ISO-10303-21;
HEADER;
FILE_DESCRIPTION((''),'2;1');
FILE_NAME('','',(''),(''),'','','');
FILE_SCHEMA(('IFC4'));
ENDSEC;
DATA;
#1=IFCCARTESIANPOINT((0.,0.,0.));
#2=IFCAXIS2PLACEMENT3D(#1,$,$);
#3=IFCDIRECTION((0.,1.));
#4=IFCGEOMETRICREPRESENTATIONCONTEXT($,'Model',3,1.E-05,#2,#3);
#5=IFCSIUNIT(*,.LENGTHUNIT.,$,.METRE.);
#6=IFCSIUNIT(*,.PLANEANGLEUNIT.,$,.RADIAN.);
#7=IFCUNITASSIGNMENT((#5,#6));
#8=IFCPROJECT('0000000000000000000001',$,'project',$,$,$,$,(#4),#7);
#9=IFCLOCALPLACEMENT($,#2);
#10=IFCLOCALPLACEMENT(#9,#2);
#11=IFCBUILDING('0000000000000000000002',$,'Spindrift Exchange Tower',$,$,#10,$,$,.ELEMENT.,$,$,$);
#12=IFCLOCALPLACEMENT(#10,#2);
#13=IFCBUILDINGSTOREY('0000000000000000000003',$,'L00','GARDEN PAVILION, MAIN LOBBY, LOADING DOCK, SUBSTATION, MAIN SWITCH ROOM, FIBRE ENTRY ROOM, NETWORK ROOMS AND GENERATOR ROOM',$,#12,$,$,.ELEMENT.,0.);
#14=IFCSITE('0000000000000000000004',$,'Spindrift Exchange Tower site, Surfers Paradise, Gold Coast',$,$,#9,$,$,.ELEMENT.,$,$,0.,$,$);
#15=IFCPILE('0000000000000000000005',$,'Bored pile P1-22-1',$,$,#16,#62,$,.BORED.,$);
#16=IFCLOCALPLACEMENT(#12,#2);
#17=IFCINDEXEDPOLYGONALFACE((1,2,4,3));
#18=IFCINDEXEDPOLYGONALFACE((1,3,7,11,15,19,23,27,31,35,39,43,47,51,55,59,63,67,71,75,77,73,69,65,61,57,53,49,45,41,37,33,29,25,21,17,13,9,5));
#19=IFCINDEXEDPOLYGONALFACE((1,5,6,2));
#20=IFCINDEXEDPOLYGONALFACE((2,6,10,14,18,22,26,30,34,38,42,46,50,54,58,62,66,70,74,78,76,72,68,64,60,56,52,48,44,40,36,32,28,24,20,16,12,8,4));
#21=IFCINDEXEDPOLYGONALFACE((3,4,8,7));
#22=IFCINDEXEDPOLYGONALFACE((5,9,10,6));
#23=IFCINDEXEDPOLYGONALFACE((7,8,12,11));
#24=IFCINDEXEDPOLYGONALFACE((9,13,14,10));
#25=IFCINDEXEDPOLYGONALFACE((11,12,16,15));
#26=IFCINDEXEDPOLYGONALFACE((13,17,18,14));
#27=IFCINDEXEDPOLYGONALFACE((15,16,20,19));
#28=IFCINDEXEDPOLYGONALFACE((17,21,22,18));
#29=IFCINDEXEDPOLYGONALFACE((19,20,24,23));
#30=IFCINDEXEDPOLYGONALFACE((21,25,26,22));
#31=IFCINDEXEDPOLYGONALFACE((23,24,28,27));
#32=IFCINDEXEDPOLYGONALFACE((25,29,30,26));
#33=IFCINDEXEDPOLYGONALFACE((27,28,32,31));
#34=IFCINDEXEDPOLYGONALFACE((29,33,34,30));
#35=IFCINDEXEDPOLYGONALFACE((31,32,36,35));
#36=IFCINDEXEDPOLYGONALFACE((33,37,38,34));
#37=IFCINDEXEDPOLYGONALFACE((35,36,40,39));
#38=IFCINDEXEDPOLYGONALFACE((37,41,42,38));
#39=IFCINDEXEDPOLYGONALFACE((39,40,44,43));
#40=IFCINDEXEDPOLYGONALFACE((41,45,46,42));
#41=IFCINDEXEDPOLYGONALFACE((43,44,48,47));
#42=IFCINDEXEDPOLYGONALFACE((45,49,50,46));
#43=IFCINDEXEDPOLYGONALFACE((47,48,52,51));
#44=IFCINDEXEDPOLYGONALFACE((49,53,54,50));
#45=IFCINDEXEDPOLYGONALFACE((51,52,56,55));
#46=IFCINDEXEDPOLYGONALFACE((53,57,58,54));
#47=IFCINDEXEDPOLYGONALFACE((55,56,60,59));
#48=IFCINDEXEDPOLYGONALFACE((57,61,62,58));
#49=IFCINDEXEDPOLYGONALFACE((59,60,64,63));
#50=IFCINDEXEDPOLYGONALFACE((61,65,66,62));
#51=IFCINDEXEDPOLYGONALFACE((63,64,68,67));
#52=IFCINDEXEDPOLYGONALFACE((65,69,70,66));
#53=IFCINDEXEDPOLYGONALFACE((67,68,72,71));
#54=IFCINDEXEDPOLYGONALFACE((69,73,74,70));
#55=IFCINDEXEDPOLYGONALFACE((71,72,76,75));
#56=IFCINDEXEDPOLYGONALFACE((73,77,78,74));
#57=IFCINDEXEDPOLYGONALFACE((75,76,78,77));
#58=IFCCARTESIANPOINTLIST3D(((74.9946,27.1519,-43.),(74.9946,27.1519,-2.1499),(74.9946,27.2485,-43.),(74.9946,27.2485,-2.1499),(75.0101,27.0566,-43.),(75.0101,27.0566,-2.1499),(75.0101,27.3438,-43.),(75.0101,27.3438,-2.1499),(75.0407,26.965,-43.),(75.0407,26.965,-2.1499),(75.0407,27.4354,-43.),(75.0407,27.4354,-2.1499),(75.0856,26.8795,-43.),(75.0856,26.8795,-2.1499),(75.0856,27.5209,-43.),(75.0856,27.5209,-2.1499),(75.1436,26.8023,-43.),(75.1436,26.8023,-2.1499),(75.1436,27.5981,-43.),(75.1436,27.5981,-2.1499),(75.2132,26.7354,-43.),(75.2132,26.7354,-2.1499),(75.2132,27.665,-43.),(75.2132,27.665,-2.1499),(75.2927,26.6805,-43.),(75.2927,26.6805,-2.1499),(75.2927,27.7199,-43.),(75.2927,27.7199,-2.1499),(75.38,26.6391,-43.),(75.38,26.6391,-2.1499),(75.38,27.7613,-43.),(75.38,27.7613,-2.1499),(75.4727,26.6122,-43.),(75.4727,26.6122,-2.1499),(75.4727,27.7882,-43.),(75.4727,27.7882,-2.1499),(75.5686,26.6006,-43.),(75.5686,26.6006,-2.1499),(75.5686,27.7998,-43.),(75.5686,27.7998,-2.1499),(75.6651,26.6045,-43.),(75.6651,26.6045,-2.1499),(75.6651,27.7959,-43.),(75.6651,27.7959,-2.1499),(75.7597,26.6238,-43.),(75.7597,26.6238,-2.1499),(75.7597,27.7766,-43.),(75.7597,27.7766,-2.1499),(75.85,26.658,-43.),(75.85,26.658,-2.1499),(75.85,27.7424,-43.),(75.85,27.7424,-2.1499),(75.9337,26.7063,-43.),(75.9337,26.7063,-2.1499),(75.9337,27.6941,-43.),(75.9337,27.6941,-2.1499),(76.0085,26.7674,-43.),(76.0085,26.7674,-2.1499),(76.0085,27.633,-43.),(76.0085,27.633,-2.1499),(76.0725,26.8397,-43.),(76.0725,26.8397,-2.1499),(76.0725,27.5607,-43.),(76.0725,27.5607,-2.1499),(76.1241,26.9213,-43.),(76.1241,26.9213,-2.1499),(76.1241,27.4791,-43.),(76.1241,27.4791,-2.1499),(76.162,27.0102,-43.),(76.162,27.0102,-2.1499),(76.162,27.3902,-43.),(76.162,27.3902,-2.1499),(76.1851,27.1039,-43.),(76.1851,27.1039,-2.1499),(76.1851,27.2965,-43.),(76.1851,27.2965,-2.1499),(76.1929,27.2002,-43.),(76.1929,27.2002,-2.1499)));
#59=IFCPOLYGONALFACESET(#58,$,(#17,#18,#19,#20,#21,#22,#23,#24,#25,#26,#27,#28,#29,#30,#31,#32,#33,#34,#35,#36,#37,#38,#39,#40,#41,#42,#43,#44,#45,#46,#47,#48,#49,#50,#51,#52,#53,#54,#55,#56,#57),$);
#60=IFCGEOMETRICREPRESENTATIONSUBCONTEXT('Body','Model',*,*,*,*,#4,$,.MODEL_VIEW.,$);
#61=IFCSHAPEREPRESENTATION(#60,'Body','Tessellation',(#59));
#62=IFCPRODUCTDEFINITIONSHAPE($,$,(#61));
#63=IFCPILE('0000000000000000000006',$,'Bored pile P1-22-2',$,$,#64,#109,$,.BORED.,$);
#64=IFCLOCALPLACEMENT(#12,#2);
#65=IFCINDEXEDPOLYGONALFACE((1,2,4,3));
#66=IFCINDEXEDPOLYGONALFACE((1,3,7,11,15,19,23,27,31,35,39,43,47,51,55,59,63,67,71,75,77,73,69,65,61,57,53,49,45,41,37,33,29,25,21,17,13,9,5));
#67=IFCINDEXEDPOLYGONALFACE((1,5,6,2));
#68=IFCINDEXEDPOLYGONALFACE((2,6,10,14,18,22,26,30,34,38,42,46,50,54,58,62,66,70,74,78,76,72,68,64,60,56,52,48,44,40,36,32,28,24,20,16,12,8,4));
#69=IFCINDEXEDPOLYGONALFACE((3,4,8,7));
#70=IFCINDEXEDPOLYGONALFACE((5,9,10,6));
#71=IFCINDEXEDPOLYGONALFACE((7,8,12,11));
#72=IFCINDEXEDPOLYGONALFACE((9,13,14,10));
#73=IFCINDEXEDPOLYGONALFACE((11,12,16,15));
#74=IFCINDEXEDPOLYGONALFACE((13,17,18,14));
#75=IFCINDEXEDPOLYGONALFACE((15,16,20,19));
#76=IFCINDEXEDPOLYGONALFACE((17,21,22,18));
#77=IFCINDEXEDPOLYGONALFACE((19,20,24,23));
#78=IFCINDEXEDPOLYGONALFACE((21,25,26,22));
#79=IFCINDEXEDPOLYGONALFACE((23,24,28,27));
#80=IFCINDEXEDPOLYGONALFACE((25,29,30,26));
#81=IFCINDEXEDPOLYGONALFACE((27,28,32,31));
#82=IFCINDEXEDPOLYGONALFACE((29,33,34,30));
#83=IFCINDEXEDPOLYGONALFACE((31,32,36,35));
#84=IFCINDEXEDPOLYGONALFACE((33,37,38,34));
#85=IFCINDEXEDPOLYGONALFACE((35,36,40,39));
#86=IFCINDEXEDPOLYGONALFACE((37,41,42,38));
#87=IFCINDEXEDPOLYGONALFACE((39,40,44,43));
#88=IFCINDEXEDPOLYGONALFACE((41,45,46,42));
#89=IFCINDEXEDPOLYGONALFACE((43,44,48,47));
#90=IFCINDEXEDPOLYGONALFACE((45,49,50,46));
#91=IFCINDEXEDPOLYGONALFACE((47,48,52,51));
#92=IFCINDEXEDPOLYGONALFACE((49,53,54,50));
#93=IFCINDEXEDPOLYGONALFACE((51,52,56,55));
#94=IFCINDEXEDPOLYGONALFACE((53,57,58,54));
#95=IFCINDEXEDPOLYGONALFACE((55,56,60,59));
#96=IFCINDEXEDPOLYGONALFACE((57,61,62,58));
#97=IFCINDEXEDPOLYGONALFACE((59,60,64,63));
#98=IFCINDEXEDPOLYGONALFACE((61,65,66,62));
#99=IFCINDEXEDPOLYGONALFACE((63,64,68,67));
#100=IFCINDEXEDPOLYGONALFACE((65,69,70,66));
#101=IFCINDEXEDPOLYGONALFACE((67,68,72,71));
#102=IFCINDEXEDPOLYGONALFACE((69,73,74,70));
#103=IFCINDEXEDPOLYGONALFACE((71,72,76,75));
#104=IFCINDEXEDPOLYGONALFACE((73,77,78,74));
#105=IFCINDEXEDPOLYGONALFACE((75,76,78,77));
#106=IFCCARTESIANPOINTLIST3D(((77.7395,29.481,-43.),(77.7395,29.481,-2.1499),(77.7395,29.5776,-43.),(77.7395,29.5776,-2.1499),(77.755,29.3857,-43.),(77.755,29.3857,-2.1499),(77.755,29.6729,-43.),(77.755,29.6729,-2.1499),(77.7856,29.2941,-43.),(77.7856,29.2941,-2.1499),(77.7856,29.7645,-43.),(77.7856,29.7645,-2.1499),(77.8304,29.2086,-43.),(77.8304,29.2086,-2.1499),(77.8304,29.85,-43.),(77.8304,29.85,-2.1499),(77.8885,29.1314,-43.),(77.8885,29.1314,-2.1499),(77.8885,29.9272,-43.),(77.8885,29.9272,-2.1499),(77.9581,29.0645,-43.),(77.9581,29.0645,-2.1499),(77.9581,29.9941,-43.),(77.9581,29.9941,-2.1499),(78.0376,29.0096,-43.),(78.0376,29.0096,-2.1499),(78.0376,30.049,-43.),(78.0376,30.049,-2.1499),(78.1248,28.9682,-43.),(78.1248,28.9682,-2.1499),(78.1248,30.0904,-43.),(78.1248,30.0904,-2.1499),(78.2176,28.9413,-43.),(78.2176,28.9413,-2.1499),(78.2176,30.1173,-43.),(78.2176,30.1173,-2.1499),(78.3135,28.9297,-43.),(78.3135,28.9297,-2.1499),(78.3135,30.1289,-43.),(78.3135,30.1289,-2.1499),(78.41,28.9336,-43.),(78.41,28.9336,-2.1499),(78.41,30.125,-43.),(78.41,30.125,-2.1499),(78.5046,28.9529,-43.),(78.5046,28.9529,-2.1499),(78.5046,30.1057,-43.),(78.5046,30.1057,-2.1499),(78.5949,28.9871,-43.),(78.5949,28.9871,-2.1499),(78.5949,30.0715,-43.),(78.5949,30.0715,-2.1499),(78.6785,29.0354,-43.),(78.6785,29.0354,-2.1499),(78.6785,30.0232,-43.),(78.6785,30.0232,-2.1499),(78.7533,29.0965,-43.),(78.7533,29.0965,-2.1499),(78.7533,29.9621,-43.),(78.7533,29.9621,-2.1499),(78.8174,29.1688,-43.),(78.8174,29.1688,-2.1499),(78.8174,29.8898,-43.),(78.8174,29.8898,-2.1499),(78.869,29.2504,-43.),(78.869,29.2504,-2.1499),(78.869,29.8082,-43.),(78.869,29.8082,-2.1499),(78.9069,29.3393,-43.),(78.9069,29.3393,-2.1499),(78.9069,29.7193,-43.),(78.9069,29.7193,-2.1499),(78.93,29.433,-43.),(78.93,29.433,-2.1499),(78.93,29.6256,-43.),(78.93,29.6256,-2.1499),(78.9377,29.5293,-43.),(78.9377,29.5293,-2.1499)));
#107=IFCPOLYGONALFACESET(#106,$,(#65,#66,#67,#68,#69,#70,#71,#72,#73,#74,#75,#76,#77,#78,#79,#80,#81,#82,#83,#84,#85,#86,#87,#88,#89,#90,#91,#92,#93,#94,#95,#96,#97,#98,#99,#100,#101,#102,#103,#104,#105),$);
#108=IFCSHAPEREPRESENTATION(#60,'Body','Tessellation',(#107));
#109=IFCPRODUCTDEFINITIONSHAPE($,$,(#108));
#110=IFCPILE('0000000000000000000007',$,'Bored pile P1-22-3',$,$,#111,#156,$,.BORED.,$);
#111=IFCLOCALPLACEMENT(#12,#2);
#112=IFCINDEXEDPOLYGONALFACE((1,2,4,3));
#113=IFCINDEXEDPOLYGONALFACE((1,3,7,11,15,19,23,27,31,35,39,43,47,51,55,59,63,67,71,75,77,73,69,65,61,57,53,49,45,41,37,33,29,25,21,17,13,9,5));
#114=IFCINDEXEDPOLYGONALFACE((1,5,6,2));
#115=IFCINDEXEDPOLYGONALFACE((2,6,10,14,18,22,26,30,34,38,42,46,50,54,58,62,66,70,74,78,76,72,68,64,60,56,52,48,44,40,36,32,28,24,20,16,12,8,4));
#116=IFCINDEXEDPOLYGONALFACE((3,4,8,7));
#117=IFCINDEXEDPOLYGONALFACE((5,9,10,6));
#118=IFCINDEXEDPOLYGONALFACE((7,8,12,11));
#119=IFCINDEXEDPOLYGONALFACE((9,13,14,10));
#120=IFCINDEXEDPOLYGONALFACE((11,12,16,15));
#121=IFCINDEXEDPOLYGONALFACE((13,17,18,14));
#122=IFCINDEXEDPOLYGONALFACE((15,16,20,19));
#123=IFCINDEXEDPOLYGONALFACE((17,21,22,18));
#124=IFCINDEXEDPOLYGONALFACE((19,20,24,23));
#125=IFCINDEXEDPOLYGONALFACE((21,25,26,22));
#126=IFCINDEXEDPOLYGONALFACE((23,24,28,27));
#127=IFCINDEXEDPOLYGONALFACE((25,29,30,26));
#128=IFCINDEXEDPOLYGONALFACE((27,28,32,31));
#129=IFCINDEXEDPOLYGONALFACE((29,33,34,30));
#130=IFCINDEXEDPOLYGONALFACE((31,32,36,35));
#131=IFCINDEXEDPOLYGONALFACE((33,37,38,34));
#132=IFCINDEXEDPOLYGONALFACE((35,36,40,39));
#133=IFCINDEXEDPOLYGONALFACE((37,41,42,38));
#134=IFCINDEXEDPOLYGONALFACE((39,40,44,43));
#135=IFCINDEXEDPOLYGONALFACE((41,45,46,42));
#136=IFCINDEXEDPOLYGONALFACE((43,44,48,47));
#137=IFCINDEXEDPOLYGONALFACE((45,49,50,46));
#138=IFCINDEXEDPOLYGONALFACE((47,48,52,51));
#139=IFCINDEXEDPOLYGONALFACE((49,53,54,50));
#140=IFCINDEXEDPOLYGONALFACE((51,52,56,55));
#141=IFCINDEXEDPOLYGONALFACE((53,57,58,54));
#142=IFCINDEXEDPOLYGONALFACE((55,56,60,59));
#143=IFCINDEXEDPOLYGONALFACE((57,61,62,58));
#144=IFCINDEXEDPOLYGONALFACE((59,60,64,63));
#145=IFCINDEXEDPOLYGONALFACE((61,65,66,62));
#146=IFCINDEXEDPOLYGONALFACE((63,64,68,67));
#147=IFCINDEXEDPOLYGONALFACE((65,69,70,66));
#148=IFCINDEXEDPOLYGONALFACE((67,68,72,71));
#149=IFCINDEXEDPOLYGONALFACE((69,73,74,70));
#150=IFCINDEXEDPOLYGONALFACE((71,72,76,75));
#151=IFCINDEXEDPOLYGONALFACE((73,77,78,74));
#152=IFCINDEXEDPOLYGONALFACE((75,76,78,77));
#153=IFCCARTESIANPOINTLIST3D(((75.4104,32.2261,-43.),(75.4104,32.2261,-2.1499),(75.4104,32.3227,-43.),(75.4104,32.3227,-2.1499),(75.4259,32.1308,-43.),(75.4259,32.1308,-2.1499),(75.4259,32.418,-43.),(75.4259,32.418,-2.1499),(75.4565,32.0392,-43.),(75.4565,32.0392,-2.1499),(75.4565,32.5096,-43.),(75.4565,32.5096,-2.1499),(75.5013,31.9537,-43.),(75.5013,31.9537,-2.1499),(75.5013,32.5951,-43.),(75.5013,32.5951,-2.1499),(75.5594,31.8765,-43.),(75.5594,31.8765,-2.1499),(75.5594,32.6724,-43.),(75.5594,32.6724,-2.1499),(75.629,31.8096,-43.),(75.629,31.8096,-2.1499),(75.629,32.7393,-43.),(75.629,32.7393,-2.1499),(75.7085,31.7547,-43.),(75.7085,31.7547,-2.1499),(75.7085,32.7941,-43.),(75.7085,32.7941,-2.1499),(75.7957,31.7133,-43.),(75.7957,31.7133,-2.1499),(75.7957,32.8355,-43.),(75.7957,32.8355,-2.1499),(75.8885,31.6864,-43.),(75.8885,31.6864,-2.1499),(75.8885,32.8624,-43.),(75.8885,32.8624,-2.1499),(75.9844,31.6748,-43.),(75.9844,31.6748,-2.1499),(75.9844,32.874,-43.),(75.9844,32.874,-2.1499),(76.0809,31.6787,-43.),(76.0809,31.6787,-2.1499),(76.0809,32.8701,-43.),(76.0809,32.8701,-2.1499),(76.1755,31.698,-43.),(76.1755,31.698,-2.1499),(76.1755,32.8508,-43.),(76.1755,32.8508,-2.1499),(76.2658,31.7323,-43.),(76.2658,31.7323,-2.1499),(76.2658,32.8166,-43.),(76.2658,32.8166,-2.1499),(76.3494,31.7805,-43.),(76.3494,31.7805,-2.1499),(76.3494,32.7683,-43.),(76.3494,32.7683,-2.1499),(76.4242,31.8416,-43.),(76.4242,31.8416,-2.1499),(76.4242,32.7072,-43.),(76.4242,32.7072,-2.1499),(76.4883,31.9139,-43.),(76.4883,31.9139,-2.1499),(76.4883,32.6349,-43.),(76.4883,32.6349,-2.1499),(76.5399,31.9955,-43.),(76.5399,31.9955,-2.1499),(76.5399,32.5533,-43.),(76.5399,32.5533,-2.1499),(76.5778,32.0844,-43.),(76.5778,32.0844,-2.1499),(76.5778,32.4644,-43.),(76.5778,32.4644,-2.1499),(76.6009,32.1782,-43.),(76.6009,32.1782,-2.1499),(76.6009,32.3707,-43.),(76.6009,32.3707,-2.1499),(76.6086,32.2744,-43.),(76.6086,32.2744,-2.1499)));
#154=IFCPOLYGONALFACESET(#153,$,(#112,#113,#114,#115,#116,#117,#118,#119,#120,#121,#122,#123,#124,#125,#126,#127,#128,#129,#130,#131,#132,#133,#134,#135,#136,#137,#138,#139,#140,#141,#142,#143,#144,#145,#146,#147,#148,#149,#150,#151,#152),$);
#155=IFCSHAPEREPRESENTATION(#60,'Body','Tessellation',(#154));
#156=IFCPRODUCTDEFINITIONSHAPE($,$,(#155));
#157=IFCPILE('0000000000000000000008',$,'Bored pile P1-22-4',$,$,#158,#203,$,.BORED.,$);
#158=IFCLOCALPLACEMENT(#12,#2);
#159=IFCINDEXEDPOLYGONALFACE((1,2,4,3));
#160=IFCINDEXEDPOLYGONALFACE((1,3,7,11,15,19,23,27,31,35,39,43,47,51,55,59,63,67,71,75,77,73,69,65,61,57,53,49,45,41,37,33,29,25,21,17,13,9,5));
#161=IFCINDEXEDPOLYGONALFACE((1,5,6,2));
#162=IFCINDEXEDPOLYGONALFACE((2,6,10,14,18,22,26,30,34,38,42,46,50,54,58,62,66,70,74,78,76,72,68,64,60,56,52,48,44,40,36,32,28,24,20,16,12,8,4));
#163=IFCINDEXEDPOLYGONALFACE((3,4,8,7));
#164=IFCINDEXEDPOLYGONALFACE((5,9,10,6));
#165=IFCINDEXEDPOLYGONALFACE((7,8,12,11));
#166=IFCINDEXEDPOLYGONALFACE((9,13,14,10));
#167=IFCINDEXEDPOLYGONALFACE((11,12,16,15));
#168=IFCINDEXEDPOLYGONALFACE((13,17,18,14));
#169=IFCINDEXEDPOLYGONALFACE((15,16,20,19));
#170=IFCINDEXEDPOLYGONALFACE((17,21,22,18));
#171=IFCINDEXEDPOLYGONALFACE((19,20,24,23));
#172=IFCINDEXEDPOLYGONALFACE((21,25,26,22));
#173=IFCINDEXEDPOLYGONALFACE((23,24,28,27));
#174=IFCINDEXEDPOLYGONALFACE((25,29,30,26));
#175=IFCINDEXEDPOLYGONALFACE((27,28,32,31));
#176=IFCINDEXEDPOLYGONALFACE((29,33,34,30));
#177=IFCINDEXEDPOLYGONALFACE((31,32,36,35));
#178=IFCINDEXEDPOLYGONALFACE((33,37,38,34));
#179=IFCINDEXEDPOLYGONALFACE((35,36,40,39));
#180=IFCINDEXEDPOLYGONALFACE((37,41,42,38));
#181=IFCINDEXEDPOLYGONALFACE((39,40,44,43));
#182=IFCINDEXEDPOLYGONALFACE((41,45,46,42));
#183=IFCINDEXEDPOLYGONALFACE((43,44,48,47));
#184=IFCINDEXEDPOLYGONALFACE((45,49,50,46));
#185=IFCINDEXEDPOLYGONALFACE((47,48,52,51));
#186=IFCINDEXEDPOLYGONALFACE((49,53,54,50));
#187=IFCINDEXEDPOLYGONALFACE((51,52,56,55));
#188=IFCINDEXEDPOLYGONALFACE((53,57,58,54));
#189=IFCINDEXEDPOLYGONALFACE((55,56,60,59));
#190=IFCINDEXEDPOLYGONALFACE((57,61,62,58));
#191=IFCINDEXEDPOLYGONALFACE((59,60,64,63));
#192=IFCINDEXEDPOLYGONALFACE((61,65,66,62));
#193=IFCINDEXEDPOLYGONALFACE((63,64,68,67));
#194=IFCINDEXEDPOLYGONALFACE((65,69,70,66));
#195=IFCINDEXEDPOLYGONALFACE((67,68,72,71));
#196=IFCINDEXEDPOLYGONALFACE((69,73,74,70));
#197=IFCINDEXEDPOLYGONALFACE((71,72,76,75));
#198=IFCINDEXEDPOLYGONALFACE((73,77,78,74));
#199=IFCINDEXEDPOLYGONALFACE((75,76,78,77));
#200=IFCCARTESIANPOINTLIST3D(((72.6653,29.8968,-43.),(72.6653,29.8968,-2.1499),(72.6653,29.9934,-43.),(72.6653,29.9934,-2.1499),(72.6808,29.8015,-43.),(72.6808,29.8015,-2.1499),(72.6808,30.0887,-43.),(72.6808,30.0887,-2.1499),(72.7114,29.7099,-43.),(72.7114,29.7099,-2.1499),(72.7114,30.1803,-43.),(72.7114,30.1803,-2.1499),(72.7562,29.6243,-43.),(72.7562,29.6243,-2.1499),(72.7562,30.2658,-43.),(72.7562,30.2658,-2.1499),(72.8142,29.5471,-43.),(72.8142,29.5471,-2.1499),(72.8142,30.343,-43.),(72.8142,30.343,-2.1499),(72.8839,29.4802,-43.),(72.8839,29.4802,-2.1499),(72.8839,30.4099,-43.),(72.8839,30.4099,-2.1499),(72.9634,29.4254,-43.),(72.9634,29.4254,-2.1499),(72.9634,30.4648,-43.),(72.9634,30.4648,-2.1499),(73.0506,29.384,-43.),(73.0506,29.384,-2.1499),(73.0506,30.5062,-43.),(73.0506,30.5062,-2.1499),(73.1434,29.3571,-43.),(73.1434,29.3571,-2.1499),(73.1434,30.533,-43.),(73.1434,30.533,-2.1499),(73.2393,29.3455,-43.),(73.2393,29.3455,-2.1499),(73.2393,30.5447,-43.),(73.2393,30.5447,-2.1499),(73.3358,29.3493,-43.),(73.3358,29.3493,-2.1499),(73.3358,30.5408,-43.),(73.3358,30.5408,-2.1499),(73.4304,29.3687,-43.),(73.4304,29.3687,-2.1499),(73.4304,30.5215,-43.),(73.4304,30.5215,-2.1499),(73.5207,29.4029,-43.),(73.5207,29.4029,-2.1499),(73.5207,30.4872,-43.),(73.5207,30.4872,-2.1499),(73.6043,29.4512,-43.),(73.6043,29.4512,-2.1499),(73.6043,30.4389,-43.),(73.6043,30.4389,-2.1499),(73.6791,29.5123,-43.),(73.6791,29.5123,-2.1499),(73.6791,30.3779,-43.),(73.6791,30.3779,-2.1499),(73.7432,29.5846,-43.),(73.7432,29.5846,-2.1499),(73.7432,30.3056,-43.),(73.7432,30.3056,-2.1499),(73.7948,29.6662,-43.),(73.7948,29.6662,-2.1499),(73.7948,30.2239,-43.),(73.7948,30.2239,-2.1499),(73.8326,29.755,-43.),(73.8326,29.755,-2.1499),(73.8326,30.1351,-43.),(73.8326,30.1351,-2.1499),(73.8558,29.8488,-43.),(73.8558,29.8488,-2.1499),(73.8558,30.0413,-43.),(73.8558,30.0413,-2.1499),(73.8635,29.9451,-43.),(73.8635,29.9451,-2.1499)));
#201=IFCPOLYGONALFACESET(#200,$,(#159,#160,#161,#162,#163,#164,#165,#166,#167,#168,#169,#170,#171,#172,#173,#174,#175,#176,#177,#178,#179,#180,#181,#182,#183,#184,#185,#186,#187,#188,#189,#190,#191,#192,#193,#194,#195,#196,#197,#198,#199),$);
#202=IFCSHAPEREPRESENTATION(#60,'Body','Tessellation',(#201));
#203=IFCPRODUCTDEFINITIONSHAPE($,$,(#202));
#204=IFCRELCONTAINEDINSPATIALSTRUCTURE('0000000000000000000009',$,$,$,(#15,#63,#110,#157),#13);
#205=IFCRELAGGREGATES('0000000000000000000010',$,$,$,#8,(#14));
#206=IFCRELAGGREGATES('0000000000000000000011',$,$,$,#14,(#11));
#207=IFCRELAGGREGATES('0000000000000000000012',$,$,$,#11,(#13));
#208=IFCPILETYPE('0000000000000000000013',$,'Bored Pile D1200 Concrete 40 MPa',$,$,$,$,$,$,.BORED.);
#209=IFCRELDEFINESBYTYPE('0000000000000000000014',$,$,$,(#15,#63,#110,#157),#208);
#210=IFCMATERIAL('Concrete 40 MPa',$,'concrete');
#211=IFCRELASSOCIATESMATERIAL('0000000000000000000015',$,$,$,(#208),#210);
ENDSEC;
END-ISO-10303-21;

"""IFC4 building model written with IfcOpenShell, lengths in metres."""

from ifc_helpers import new_model, si_unit, direction, frame, origin, origin_2d, place, context, subcontext, project, spatial, circle, extrude, source, transform, mapped, material, material_profile, profile_set, type_object, element, save


model = new_model("IFC4")

# Units and contexts
model_context = context("Model", 3, precision=1e-05, world=origin(), true_north=direction((0.0, 1.0)))
body_context = subcontext(model_context, "Body", "Model", "MODEL_VIEW")
ifc_project = project(units=[si_unit("LENGTHUNIT", "METRE"), si_unit("PLANEANGLEUNIT", "RADIAN")], contexts=[model_context])

# Site, building, storey
site_placement = place(None, origin())
site = spatial("IfcSite", under=ifc_project, at=site_placement, Name="Spindrift Exchange Tower site, Surfers Paradise, Gold Coast", CompositionType="ELEMENT", RefElevation=0.0)
building_placement = place(site_placement, origin())
building = spatial("IfcBuilding", under=site, at=building_placement, Name="Spindrift Exchange Tower", CompositionType="ELEMENT")
storey_placement = place(building_placement, origin())
storey = spatial("IfcBuildingStorey", under=building, at=storey_placement, Name="L00", Description="GARDEN PAVILION, MAIN LOBBY, LOADING DOCK, SUBSTATION, MAIN SWITCH ROOM, FIBRE ENTRY ROOM, NETWORK ROOMS AND GENERATOR ROOM", CompositionType="ELEMENT", Elevation=0.0)

# Piles
ifc_material_1 = material(Name="Concrete 40 MPa", Category="concrete")
ifc_material_profile_1 = material_profile(ifc_material_1, circle(Radius=0.6001, at=origin_2d()), Name="BP D1200")
ifc_profile_set_1 = profile_set([ifc_material_profile_1], Name="Concrete 40 MPa")
pile_type_1 = type_object("IfcPileType", Name="Bored Pile D1200 Concrete 40 MPa", PredefinedType="BORED", material=ifc_profile_set_1)
shared_shape_1 = source(origin(), body_context, "Body", "SweptSolid", [
    extrude(circle(Radius=0.6001, at=origin_2d()), origin(), (0.0, 0.0, 1.0), 40.8501),
])
for number, where, z_axis, x_axis, name in (
    (1, (75.5928, 27.2002, -2.1499), (0.0, 0.0, -1.0), (1.0, 0.0, 0.0), "Bored pile P1-22-1"),
    (2, (78.3376, 29.5293, -2.1499), (0.0, 0.0, -1.0), (1.0, 0.0, 0.0), "Bored pile P1-22-2"),
    (3, (76.0085, 32.2744, -2.1499), (0.0, 0.0, -1.0), (1.0, 0.0, 0.0), "Bored pile P1-22-3"),
    (4, (73.2634, 29.9451, -2.1499), (0.0, 0.0, -1.0), (1.0, 0.0, 0.0), "Bored pile P1-22-4"),
):
    element("IfcPile", number, at=place(storey_placement, frame(where, z_axis=z_axis, x_axis=x_axis)), inside=storey, type_object=pile_type_1, Name=name, PredefinedType="BORED", context=body_context, shape_type="MappedRepresentation", body=[
        mapped(shared_shape_1, transform((0.0, 0.0, 0.0), scale=1.0)),
    ])

save(model, "model.ifc")
